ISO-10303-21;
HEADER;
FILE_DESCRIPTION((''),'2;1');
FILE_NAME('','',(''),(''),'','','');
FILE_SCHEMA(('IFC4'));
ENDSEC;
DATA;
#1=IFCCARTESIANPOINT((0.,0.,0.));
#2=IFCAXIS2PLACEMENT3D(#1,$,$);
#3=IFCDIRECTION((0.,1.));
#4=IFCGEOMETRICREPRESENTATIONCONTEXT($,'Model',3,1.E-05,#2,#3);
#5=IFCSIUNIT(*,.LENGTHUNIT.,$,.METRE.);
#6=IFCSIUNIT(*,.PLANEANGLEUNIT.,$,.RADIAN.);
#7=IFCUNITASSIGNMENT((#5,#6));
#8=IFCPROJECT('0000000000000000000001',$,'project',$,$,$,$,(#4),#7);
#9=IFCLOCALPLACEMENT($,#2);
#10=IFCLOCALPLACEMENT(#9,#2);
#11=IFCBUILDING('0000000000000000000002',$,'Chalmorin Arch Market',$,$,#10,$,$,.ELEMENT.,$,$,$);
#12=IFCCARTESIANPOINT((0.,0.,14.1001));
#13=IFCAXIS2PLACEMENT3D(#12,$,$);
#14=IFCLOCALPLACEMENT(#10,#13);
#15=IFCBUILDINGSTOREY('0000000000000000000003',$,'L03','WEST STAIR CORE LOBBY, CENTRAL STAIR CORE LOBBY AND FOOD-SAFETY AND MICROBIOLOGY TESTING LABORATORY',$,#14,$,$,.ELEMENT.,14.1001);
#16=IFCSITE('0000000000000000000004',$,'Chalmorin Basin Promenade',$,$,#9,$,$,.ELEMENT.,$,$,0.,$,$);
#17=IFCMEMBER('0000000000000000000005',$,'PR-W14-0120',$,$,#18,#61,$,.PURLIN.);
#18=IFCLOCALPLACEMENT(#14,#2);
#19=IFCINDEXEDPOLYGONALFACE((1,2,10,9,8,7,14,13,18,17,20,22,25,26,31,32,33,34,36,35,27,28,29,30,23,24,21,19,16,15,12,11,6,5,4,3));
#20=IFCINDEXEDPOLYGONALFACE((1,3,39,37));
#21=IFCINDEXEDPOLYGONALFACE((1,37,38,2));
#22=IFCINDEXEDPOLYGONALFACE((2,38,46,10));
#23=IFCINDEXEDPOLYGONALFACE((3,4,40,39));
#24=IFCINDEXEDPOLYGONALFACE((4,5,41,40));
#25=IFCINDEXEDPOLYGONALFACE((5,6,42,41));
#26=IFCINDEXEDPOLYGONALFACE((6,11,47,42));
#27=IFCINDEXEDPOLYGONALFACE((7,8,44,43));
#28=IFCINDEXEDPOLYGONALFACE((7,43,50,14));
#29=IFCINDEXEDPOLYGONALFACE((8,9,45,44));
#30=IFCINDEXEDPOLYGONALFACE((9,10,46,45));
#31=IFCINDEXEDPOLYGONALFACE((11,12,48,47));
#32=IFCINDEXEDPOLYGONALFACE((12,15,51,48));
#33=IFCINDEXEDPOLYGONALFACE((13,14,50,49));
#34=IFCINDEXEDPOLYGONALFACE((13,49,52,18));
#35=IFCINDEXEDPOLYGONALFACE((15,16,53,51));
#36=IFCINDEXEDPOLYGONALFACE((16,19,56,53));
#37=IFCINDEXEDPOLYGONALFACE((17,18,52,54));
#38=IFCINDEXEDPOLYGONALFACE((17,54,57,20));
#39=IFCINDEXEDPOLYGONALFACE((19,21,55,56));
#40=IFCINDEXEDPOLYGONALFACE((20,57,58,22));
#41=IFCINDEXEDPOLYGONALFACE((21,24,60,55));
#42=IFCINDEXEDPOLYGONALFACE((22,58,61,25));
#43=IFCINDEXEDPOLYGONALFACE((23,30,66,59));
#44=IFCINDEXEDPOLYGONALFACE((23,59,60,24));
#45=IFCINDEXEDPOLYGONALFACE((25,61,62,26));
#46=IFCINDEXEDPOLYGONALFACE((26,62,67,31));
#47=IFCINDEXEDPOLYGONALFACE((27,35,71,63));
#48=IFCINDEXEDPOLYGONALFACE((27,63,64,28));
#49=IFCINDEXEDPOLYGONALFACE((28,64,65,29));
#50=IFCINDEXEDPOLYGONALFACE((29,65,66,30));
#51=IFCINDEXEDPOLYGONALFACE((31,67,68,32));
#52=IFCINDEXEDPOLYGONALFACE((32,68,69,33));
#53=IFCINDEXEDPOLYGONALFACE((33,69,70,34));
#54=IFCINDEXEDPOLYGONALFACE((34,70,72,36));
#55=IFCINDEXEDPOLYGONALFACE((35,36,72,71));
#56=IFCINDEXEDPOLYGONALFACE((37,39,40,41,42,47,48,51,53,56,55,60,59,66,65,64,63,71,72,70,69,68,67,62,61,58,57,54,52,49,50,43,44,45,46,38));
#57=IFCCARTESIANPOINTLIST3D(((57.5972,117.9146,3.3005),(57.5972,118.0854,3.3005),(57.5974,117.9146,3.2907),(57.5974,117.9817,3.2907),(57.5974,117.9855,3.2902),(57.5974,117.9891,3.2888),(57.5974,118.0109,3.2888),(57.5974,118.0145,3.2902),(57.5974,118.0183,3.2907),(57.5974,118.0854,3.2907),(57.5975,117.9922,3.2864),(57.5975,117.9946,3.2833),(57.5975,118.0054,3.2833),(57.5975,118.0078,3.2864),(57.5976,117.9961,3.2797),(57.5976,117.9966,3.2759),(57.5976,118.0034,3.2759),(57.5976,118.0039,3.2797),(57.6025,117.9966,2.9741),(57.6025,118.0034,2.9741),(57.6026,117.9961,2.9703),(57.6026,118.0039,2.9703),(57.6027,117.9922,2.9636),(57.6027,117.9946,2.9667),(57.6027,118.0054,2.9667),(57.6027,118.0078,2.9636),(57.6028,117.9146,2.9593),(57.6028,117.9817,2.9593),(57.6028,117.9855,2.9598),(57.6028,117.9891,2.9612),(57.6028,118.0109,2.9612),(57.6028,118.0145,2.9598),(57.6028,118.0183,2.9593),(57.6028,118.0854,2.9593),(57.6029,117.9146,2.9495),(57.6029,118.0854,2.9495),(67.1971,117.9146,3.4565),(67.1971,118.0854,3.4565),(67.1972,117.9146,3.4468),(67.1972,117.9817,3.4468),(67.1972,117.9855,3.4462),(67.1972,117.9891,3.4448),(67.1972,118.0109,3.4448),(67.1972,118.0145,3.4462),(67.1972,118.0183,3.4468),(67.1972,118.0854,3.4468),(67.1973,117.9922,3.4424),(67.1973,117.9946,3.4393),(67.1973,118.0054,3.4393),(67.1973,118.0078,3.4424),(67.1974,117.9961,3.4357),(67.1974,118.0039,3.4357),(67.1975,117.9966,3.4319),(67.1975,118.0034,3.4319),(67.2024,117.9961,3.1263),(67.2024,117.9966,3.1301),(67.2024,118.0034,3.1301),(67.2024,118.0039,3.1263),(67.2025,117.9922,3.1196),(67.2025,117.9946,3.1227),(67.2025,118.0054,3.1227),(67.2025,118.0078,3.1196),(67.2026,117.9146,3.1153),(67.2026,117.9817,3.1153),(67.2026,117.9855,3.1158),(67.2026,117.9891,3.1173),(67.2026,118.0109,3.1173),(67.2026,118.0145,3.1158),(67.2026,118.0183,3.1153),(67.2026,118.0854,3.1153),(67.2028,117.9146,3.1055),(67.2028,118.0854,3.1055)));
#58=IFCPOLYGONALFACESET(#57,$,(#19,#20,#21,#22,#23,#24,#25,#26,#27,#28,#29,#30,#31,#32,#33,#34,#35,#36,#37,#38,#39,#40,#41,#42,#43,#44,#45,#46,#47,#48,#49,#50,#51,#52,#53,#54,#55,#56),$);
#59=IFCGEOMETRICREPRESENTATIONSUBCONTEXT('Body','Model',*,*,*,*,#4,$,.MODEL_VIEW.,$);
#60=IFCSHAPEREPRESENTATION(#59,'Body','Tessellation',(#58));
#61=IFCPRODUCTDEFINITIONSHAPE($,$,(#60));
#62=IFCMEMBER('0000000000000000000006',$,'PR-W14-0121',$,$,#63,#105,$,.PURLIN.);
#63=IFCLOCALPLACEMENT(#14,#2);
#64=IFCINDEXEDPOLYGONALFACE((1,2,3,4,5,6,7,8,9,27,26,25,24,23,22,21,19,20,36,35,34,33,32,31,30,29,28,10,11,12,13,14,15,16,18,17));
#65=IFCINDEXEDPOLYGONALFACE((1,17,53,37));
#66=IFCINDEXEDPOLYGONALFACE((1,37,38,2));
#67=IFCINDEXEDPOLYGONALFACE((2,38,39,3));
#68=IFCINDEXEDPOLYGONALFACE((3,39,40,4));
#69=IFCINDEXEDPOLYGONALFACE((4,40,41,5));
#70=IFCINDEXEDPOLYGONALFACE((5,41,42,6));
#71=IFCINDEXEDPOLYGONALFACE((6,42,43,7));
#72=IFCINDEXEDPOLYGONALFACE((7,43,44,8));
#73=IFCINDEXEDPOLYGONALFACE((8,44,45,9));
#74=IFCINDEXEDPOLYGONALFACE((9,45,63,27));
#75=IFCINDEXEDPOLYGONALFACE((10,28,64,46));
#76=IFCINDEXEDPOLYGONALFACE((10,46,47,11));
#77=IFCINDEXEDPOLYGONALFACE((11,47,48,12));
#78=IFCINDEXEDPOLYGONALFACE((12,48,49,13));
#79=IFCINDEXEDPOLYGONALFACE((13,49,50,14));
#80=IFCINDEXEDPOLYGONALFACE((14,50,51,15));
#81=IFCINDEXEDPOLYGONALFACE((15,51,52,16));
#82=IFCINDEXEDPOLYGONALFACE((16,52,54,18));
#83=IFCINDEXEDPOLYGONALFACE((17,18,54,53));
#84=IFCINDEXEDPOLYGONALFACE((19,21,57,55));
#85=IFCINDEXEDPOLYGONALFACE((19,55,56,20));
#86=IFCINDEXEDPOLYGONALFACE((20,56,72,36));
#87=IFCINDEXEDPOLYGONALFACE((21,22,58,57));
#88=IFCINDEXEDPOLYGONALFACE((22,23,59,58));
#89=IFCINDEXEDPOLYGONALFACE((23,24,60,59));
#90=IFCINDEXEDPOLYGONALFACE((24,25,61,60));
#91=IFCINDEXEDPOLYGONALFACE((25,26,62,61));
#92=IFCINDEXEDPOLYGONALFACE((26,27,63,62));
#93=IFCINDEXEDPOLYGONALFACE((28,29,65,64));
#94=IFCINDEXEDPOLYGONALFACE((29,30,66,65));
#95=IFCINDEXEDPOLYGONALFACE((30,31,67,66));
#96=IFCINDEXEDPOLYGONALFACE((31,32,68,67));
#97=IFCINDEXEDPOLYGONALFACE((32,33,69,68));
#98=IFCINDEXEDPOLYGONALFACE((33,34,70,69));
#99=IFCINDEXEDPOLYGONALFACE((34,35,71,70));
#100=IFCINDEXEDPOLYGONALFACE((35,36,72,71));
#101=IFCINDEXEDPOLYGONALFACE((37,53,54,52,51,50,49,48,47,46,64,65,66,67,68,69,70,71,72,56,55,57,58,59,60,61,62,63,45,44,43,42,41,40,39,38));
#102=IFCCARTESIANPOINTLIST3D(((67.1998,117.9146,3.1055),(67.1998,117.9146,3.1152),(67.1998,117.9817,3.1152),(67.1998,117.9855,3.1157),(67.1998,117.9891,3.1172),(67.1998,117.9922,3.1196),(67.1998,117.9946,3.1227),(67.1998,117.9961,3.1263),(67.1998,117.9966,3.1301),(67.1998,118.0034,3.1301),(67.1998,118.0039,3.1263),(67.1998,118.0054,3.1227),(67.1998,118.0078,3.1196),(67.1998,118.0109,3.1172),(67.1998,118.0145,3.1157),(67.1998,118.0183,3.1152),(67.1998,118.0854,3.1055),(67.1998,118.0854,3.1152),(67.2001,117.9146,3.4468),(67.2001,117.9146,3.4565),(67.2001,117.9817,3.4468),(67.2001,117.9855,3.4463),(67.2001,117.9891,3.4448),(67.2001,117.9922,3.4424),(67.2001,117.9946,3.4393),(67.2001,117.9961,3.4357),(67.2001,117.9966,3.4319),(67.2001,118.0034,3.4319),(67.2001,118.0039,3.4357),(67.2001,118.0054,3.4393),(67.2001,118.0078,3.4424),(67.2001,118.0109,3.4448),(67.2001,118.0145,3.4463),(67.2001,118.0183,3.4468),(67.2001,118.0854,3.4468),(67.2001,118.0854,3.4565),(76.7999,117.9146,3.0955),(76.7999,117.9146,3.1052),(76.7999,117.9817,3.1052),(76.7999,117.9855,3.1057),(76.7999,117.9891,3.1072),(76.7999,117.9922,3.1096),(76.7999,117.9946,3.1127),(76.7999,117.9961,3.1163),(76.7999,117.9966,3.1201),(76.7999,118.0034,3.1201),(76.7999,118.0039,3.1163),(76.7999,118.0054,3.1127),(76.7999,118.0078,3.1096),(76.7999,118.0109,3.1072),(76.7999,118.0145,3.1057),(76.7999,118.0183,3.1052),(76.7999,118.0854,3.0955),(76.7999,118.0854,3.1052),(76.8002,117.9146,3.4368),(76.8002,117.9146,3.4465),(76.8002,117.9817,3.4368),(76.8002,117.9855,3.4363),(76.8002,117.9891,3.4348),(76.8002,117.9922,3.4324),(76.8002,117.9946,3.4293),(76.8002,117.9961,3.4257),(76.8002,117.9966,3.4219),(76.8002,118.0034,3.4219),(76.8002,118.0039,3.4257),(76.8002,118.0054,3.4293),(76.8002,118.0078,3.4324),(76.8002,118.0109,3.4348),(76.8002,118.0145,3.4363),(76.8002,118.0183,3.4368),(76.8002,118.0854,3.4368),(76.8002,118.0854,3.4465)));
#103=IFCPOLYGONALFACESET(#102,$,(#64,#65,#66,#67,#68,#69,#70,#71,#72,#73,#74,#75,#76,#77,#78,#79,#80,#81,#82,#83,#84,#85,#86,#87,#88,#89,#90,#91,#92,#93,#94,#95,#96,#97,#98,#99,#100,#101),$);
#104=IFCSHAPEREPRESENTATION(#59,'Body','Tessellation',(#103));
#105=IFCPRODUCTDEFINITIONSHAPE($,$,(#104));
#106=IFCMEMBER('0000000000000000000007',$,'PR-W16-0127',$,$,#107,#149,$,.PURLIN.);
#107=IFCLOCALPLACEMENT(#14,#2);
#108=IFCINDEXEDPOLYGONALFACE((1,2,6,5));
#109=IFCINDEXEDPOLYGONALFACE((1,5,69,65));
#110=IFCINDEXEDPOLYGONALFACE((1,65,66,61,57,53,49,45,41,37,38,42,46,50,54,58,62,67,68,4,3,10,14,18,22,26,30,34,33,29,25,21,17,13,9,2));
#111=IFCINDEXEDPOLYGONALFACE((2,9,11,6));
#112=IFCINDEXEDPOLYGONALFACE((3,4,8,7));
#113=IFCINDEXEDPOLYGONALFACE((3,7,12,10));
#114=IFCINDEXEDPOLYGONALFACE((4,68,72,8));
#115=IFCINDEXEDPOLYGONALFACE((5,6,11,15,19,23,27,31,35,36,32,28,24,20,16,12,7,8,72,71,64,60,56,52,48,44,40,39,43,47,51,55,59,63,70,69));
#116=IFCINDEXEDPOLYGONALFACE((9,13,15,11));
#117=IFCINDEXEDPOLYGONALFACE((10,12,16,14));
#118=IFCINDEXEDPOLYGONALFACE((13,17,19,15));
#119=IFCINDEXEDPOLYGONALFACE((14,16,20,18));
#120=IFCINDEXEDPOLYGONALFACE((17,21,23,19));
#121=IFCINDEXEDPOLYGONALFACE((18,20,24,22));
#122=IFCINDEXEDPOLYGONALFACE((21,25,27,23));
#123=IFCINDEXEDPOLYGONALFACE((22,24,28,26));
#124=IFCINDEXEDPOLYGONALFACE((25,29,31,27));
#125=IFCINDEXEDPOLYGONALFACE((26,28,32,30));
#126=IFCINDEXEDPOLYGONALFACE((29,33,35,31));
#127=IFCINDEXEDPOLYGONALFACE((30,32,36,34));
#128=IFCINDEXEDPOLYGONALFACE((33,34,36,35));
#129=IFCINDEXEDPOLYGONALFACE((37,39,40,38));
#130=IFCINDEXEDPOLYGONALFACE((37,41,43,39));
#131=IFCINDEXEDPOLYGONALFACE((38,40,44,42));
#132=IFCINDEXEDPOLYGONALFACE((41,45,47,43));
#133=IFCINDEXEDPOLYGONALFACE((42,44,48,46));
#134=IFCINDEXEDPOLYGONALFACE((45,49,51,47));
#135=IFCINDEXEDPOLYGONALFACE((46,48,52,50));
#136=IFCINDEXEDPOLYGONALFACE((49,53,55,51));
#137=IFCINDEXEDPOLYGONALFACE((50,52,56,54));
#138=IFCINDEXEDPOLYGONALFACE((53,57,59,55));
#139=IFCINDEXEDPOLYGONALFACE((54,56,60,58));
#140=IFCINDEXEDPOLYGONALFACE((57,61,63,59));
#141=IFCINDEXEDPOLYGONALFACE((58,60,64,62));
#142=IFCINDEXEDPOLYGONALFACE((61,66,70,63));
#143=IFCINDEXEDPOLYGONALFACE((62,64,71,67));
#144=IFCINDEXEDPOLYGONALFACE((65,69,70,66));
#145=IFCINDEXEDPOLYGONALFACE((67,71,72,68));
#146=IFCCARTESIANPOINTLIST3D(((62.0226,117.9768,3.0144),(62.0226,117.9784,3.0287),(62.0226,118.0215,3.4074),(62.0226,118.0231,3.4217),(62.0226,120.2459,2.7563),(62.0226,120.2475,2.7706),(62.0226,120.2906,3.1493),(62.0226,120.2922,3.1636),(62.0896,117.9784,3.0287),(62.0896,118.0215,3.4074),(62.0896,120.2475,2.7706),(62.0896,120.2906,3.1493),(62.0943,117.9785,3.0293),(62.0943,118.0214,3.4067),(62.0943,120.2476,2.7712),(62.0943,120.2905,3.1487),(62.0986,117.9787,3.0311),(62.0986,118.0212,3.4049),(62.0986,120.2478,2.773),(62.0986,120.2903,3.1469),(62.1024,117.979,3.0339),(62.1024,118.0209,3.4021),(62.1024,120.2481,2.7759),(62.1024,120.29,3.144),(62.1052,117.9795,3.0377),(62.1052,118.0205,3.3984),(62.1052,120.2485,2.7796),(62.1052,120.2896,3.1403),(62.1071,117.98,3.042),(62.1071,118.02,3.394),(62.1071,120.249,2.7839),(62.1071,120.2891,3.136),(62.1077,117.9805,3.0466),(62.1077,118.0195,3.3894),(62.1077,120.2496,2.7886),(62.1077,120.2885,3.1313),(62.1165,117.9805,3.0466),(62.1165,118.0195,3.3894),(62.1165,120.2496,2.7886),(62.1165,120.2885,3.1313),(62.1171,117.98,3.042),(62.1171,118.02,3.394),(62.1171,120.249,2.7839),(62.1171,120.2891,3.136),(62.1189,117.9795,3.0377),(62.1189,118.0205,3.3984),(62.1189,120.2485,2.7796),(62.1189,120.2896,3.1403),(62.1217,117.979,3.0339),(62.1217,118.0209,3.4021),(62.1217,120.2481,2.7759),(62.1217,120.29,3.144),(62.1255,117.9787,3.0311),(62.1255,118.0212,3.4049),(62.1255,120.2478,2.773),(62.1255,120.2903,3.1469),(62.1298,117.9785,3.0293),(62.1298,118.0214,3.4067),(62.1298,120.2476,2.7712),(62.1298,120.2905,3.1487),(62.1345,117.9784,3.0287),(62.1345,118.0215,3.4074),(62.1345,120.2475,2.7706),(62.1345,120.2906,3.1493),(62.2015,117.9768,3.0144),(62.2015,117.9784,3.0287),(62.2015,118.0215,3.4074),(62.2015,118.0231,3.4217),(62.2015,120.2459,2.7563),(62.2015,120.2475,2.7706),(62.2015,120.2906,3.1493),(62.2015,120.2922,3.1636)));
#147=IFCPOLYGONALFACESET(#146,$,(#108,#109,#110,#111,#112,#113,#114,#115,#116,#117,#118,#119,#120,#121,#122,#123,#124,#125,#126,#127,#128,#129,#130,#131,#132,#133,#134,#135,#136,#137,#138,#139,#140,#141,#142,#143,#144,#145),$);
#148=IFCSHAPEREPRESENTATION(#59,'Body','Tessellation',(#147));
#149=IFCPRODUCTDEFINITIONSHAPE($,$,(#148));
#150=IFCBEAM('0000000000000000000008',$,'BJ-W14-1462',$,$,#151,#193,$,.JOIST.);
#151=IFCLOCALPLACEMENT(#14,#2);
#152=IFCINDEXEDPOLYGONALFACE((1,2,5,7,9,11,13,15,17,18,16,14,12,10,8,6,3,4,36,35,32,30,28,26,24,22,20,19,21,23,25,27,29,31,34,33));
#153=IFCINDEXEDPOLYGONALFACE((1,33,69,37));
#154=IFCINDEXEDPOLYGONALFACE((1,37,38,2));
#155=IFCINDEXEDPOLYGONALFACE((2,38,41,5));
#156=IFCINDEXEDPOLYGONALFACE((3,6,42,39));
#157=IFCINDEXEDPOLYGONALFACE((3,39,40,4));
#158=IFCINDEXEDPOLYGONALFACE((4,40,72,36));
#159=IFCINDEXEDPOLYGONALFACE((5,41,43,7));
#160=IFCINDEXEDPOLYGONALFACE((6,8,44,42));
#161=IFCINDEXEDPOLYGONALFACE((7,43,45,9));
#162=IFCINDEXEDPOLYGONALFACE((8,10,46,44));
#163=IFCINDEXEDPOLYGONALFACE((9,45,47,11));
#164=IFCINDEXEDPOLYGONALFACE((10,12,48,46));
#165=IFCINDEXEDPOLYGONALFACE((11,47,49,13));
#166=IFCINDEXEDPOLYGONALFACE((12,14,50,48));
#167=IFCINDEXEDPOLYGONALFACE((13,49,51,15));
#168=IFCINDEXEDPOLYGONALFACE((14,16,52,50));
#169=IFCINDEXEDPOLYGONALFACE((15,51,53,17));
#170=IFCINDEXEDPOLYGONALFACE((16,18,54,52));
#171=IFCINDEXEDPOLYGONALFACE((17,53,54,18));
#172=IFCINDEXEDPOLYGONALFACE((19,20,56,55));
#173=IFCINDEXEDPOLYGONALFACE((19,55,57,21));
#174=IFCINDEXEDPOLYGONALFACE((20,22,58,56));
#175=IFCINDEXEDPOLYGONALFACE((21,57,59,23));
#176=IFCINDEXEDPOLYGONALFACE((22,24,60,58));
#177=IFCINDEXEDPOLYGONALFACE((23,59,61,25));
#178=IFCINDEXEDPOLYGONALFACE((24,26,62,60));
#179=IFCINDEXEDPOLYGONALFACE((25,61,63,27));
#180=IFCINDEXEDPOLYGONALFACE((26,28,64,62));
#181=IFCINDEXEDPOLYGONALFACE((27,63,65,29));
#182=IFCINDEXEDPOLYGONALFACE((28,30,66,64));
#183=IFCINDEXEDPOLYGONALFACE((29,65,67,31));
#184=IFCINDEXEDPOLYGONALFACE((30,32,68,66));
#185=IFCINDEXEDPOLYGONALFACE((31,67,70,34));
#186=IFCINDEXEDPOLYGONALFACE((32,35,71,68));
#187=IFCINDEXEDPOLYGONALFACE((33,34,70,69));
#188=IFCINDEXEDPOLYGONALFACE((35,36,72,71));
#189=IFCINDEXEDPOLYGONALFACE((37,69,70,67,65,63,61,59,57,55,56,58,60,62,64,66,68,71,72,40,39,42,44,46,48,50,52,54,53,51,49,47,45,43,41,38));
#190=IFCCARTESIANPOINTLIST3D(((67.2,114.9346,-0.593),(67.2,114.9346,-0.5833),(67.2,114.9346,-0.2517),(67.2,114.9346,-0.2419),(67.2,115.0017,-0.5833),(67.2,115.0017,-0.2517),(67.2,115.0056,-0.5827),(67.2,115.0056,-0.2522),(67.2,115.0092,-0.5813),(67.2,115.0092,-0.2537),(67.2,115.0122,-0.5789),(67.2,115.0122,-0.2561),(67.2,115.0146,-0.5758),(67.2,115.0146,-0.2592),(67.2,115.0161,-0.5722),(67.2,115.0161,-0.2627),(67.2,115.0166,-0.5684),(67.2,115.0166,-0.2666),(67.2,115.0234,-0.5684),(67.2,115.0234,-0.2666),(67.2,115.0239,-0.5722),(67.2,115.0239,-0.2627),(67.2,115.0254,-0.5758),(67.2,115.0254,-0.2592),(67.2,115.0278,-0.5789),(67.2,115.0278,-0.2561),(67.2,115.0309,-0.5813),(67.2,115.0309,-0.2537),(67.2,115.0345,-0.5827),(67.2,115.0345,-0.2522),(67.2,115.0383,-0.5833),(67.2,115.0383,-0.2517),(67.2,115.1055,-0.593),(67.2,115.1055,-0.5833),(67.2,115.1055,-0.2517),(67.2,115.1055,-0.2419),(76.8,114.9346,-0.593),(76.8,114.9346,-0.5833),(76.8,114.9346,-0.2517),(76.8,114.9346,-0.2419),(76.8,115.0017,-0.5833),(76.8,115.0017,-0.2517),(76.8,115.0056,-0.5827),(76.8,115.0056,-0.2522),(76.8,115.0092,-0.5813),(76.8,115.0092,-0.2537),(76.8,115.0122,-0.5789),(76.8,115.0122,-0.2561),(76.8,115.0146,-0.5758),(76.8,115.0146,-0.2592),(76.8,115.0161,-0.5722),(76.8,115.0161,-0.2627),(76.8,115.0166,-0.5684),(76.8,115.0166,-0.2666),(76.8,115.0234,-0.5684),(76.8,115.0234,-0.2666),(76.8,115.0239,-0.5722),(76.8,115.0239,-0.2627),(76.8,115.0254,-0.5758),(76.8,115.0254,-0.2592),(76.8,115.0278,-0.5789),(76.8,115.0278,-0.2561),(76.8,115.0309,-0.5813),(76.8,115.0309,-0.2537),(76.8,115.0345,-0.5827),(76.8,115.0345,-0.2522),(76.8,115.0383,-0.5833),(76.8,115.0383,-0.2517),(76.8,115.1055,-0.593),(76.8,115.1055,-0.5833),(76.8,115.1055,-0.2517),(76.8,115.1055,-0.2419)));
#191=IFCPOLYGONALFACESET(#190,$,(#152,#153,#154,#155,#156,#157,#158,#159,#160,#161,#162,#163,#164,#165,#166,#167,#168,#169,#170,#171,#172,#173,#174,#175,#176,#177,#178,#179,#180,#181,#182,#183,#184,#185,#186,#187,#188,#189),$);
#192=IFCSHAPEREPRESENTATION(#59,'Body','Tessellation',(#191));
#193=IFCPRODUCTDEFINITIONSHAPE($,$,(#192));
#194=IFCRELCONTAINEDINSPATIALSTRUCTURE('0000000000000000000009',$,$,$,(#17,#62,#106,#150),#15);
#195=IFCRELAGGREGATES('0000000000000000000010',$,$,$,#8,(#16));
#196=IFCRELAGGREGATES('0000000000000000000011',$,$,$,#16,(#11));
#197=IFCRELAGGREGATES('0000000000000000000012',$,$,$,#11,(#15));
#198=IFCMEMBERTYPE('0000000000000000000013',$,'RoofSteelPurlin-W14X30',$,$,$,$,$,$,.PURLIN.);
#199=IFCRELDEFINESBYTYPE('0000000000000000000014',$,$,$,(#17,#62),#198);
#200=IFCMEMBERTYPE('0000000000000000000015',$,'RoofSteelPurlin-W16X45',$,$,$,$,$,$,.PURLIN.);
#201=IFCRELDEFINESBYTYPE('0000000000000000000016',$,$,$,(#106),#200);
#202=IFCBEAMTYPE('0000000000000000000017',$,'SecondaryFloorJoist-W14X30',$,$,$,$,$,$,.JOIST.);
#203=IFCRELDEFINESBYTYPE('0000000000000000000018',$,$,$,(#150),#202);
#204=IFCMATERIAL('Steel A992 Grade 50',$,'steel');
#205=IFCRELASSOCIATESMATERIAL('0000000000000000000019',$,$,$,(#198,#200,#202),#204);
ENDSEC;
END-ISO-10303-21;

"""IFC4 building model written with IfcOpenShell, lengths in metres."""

from ifc_helpers import new_model, si_unit, direction, frame, origin, origin_2d, place, context, subcontext, project, spatial, i_section, extrude, material, material_profile, profile_set, type_object, element, save


model = new_model("IFC4")

# Units and contexts
model_context = context("Model", 3, precision=1e-05, world=origin(), true_north=direction((0.0, 1.0)))
body_context = subcontext(model_context, "Body", "Model", "MODEL_VIEW")
ifc_project = project(units=[si_unit("LENGTHUNIT", "METRE"), si_unit("PLANEANGLEUNIT", "RADIAN")], contexts=[model_context])

# Site, building, storey
site_placement = place(None, origin())
site = spatial("IfcSite", under=ifc_project, at=site_placement, Name="Chalmorin Basin Promenade", CompositionType="ELEMENT", RefElevation=0.0)
building_placement = place(site_placement, origin())
building = spatial("IfcBuilding", under=site, at=building_placement, Name="Chalmorin Arch Market", CompositionType="ELEMENT")
storey_placement = place(building_placement, frame((0.0, 0.0, 14.1001)))
storey = spatial("IfcBuildingStorey", under=building, at=storey_placement, Name="L03", Description="WEST STAIR CORE LOBBY, CENTRAL STAIR CORE LOBBY AND FOOD-SAFETY AND MICROBIOLOGY TESTING LABORATORY", CompositionType="ELEMENT", Elevation=14.1001)

# Shared definitions
ifc_material_1 = material(Name="Steel A992 Grade 50", Category="steel")

# Members
ifc_material_profile_1 = material_profile(ifc_material_1, i_section(OverallWidth=0.1709, OverallDepth=0.3511, WebThickness=0.0068, FlangeThickness=0.0098, FilletRadius=0.0149, at=origin_2d()), Name="W14X30")
ifc_profile_set_1 = profile_set([ifc_material_profile_1], Name="Steel A992 Grade 50")
member_type_1 = type_object("IfcMemberType", Name="RoofSteelPurlin-W14X30", PredefinedType="PURLIN", material=ifc_profile_set_1)
member_1_placement = place(storey_placement, frame((57.6001, 118.0, 3.125), z_axis=(0.999868, 0.0, 0.016249), x_axis=(0.0, 1.0, 0.0)))
element("IfcMember", 1, at=member_1_placement, inside=storey, type_object=member_type_1, Name="PR-W14-0120", PredefinedType="PURLIN", context=body_context, shape_type="SweptSolid", body=[
    extrude(i_section(OverallWidth=0.1709, OverallDepth=0.3511, WebThickness=0.0068, FlangeThickness=0.0098, FilletRadius=0.0149, at=origin_2d()), origin(), (0.0, 0.0, 1.0), 9.6011),
])
member_2_placement = place(storey_placement, frame((67.2, 118.0, 3.281), z_axis=(0.999999, 0.0, -0.001043), x_axis=(0.0, 1.0, 0.0)))
element("IfcMember", 2, at=member_2_placement, inside=storey, type_object=member_type_1, Name="PR-W14-0121", PredefinedType="PURLIN", context=body_context, shape_type="SweptSolid", body=[
    extrude(i_section(OverallWidth=0.1709, OverallDepth=0.3511, WebThickness=0.0068, FlangeThickness=0.0098, FilletRadius=0.0149, at=origin_2d()), origin(), (0.0, 0.0, 1.0), 9.6001),
])
ifc_material_profile_2 = material_profile(ifc_material_1, i_section(OverallWidth=0.179, OverallDepth=0.4099, WebThickness=0.0088, FlangeThickness=0.0144, FilletRadius=0.0181, at=origin_2d()), Name="W16X45")
ifc_profile_set_2 = profile_set([ifc_material_profile_2], Name="Steel A992 Grade 50")
member_type_2 = type_object("IfcMemberType", Name="RoofSteelPurlin-W16X45", PredefinedType="PURLIN", material=ifc_profile_set_2)
member_3_placement = place(storey_placement, frame((62.1121, 120.269, 2.96), z_axis=(0.0, -0.993595, 0.113001), x_axis=(1.0, 0.0, 0.0)))
element("IfcMember", 3, at=member_3_placement, inside=storey, type_object=member_type_2, Name="PR-W16-0127", PredefinedType="PURLIN", context=body_context, shape_type="SweptSolid", body=[
    extrude(i_section(OverallWidth=0.179, OverallDepth=0.4099, WebThickness=0.0088, FlangeThickness=0.0144, FilletRadius=0.0181, at=origin_2d()), origin(), (0.0, 0.0, 1.0), 2.2837),
])

# Beam
ifc_material_profile_3 = material_profile(ifc_material_1, i_section(OverallWidth=0.1709, OverallDepth=0.3511, WebThickness=0.0068, FlangeThickness=0.0098, FilletRadius=0.0149, at=origin_2d()), Name="W14X30")
ifc_profile_set_3 = profile_set([ifc_material_profile_3], Name="Steel A992 Grade 50")
beam_type_1 = type_object("IfcBeamType", Name="SecondaryFloorJoist-W14X30", PredefinedType="JOIST", material=ifc_profile_set_3)
beam_1_placement = place(storey_placement, frame((67.2, 115.02, -0.4175), z_axis=(1.0, 0.0, 0.0), x_axis=(0.0, 1.0, 0.0)))
element("IfcBeam", 4, at=beam_1_placement, inside=storey, type_object=beam_type_1, Name="BJ-W14-1462", PredefinedType="JOIST", context=body_context, shape_type="SweptSolid", body=[
    extrude(i_section(OverallWidth=0.1709, OverallDepth=0.3511, WebThickness=0.0068, FlangeThickness=0.0098, FilletRadius=0.0149, at=origin_2d()), origin(), (0.0, 0.0, 1.0), 9.6001),
])

save(model, "model.ifc")
